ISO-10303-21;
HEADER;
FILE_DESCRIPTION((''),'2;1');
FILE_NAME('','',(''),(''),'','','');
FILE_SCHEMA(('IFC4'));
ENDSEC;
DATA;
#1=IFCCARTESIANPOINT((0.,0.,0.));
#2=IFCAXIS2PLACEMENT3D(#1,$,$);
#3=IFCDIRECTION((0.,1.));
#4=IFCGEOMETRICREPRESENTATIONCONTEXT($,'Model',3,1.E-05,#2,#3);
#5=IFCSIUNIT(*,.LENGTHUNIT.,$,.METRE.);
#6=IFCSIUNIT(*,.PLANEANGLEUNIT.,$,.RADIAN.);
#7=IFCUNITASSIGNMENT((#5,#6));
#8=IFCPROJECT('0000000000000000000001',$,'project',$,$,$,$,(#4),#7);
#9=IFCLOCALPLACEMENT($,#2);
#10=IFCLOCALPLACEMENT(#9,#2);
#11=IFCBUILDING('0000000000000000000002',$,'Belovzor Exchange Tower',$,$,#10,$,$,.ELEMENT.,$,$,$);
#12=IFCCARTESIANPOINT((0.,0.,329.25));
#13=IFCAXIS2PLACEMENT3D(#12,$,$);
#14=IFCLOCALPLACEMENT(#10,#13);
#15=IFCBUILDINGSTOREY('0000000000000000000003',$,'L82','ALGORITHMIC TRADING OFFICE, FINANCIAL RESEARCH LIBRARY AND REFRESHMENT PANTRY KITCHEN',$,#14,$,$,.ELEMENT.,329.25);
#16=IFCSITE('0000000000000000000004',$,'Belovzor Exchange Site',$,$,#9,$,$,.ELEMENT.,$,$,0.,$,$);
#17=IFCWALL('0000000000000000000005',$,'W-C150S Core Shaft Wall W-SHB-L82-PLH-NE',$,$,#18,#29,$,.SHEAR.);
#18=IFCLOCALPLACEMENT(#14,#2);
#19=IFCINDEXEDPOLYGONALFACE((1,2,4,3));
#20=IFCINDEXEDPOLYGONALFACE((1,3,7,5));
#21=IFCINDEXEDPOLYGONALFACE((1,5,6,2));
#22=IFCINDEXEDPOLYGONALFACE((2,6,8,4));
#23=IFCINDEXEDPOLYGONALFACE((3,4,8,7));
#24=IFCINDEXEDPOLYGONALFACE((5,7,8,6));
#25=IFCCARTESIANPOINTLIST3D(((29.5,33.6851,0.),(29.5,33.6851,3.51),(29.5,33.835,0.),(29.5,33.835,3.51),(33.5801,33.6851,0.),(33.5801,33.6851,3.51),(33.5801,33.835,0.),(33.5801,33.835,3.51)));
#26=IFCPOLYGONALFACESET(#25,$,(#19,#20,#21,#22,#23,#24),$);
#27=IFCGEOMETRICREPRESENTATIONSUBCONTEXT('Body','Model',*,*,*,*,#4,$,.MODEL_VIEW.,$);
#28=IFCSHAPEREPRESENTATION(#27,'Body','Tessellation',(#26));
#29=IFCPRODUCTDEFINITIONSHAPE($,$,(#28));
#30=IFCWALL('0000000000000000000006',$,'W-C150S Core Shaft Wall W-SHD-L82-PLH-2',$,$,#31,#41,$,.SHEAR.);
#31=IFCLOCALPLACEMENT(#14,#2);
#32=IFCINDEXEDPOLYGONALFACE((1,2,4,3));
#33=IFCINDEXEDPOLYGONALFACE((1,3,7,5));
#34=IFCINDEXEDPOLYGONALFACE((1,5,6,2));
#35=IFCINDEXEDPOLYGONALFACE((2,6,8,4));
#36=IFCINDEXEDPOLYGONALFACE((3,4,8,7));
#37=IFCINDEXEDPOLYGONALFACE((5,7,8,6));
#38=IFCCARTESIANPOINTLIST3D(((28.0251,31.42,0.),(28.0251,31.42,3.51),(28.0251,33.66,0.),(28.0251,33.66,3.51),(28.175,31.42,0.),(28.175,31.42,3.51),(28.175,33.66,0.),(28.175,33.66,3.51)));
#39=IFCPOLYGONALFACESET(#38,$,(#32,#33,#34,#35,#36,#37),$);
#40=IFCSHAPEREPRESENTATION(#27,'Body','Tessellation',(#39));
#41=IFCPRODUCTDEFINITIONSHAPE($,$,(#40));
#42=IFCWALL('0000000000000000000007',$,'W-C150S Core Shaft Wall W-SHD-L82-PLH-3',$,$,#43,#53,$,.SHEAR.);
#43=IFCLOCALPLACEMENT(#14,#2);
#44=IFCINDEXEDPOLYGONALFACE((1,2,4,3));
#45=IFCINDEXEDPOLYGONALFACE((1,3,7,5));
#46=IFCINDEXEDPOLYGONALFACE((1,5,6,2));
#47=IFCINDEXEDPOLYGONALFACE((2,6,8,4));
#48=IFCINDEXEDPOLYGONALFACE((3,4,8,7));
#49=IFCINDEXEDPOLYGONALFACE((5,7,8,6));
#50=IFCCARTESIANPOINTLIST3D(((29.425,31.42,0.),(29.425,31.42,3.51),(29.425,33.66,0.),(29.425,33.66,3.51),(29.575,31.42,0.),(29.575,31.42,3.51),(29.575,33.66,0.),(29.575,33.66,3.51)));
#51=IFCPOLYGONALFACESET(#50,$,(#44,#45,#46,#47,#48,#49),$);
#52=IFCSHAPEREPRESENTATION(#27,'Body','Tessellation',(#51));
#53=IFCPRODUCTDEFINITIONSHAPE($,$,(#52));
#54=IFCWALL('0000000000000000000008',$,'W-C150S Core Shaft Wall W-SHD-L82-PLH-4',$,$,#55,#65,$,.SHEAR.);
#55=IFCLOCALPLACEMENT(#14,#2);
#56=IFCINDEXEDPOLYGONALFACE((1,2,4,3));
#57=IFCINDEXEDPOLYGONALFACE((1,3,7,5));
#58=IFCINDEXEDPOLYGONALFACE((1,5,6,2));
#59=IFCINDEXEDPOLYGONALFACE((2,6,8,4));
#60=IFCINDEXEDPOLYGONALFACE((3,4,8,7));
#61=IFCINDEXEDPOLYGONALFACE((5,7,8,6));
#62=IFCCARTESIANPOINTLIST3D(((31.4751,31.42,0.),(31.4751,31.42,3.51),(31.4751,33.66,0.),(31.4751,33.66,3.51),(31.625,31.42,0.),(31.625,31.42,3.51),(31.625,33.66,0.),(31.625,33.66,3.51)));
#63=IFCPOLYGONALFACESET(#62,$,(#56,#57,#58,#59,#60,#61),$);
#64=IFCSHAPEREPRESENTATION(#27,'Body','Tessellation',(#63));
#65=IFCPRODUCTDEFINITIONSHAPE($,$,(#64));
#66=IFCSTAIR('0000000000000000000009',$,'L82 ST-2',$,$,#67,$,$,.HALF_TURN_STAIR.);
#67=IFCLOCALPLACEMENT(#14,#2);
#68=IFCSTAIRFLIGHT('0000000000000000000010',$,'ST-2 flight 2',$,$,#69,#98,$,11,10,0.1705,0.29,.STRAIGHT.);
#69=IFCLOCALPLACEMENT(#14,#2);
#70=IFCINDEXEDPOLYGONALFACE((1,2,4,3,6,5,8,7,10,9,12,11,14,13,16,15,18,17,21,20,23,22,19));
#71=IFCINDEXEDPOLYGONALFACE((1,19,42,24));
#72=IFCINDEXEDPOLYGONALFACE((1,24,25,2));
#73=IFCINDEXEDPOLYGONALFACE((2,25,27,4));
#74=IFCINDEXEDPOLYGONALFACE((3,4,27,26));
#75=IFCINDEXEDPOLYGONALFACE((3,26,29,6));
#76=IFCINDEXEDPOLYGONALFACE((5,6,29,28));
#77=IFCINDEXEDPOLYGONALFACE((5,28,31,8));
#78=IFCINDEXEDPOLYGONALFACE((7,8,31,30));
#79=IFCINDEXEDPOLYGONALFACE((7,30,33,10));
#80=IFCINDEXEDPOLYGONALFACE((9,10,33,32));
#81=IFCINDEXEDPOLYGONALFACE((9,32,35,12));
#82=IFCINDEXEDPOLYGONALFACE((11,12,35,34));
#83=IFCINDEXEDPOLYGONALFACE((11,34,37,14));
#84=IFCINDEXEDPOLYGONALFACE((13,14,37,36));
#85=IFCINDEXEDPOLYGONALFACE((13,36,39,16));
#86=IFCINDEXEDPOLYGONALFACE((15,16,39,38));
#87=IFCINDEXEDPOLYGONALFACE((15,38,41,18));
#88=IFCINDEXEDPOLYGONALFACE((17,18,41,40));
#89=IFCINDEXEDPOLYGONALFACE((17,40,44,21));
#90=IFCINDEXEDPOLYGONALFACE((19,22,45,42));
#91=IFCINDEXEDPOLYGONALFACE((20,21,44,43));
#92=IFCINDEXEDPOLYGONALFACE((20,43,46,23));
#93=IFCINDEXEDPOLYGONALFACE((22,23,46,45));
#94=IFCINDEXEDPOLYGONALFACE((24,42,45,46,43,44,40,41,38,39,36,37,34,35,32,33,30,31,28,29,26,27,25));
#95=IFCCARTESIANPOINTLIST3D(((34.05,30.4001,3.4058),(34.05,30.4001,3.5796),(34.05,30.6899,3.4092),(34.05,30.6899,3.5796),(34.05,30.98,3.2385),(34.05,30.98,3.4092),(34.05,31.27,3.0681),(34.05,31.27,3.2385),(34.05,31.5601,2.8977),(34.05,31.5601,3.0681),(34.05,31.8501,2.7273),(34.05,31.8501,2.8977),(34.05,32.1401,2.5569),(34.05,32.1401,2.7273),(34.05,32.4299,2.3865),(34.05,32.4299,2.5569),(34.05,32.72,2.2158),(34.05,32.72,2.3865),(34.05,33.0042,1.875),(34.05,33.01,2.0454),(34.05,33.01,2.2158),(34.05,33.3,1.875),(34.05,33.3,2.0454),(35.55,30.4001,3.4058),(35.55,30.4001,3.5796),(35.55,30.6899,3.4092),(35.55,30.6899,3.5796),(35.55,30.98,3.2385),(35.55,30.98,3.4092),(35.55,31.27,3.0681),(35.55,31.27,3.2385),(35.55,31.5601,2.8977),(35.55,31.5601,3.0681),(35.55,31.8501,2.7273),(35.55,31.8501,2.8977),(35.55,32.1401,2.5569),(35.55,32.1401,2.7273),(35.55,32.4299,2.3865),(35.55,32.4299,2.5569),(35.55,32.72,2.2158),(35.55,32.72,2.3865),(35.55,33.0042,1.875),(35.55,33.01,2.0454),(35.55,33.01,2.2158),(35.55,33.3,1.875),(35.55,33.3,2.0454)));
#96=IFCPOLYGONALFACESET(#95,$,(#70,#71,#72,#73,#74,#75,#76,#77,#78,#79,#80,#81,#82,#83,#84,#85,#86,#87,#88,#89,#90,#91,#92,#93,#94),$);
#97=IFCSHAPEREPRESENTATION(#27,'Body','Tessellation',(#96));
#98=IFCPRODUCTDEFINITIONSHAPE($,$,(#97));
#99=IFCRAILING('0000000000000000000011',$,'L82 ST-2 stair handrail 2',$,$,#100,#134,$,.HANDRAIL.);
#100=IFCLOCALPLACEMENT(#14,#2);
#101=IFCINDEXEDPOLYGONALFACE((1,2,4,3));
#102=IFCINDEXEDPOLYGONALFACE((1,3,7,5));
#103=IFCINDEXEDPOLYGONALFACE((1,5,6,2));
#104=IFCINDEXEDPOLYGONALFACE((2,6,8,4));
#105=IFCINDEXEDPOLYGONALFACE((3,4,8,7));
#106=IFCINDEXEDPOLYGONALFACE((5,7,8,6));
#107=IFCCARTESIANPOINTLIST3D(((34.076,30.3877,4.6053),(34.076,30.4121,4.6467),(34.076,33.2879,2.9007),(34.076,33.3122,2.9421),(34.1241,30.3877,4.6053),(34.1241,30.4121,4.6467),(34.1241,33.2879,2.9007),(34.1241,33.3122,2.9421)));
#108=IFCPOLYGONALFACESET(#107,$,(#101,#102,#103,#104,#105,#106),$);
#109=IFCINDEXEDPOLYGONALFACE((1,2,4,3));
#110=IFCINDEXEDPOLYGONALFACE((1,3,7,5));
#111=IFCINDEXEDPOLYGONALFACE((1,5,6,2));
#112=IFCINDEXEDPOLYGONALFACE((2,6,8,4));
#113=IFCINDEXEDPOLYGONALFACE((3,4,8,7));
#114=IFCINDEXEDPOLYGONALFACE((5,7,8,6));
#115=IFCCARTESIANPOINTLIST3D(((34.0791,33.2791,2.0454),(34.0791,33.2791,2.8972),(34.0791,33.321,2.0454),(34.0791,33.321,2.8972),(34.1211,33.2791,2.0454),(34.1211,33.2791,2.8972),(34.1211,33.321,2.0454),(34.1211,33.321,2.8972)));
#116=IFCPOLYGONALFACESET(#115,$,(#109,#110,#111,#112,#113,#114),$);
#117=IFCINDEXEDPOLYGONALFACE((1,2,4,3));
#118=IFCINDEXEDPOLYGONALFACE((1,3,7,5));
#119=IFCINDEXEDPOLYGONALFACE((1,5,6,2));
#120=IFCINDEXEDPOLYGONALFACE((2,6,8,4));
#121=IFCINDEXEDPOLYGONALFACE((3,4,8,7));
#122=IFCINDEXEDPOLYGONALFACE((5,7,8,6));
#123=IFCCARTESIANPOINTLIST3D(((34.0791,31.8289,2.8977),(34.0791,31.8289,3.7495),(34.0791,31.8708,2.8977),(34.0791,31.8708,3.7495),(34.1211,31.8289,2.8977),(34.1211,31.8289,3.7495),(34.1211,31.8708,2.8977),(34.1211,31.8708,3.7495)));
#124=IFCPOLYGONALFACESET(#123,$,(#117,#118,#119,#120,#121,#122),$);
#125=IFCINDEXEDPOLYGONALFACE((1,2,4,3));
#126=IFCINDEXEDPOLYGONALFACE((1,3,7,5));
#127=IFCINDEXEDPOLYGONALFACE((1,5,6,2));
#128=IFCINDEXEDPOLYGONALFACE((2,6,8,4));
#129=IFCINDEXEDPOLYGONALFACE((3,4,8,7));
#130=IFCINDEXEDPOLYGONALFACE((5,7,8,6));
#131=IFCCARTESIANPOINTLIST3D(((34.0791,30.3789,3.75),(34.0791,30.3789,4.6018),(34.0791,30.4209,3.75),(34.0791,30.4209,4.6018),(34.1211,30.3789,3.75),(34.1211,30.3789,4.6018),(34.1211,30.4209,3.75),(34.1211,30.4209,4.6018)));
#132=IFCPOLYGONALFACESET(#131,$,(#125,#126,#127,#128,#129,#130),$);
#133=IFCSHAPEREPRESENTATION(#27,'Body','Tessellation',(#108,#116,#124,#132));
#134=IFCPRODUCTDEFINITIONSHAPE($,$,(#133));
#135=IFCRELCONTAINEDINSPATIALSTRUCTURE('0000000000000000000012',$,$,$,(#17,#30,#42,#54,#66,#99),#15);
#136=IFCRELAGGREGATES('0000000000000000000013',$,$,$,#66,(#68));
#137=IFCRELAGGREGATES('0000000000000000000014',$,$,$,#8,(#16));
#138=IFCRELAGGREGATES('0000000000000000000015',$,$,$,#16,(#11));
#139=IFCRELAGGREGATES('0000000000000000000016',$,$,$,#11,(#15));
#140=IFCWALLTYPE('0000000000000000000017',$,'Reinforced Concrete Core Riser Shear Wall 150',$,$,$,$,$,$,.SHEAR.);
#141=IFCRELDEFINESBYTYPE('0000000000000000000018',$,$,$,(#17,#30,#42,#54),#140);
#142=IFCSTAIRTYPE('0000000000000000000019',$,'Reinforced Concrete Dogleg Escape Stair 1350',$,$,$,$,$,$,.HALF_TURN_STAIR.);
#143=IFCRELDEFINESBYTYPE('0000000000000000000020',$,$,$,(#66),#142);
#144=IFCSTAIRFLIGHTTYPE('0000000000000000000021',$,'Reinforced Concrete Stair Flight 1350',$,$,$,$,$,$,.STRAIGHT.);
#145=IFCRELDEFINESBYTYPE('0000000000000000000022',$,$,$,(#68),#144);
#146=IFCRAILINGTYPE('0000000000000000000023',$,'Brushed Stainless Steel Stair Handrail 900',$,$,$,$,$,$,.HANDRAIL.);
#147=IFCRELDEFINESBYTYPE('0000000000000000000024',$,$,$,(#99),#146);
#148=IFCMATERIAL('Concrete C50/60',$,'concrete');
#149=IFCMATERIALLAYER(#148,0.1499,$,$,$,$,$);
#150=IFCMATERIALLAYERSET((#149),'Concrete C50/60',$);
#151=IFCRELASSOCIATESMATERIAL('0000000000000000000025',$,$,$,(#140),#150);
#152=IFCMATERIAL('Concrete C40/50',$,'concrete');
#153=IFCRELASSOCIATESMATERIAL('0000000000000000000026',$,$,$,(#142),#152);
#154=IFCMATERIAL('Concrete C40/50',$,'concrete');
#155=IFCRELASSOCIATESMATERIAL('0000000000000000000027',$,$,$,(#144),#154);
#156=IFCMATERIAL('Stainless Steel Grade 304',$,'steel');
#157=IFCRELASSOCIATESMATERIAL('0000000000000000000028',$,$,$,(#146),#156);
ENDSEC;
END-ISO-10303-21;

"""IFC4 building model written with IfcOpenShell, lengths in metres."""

from ifc_helpers import new_model, si_unit, direction, frame, frame_2d, origin, origin_2d, place, context, subcontext, project, spatial, polyline, rectangle, outline, extrude, material, layer, layer_set, type_object, element, aggregate, save


model = new_model("IFC4")

# Units and contexts
model_context = context("Model", 3, precision=1e-05, world=origin(), true_north=direction((0.0, 1.0)))
body_context = subcontext(model_context, "Body", "Model", "MODEL_VIEW")
ifc_project = project(units=[si_unit("LENGTHUNIT", "METRE"), si_unit("PLANEANGLEUNIT", "RADIAN")], contexts=[model_context])

# Site, building, storey
site_placement = place(None, origin())
site = spatial("IfcSite", under=ifc_project, at=site_placement, Name="Belovzor Exchange Site", CompositionType="ELEMENT", RefElevation=0.0)
building_placement = place(site_placement, origin())
building = spatial("IfcBuilding", under=site, at=building_placement, Name="Belovzor Exchange Tower", CompositionType="ELEMENT")
storey_placement = place(building_placement, frame((0.0, 0.0, 329.25)))
storey = spatial("IfcBuildingStorey", under=building, at=storey_placement, Name="L82", Description="ALGORITHMIC TRADING OFFICE, FINANCIAL RESEARCH LIBRARY AND REFRESHMENT PANTRY KITCHEN", CompositionType="ELEMENT", Elevation=329.25)

# Walls
ifc_material_1 = material(Name="Concrete C50/60", Category="concrete")
ifc_layer_1 = layer(ifc_material_1, 0.1499)
ifc_layer_set_1 = layer_set([ifc_layer_1], Name="Concrete C50/60")
wall_type_1 = type_object("IfcWallType", Name="Reinforced Concrete Core Riser Shear Wall 150", PredefinedType="SHEAR", material=ifc_layer_set_1)
wall_1_placement = place(storey_placement, frame((29.5, 33.76, 0.0), z_axis=(0.0, 0.0, 1.0), x_axis=(1.0, 0.0, 0.0)))
element("IfcWall", 1, at=wall_1_placement, inside=storey, type_object=wall_type_1, Name="W-C150S Core Shaft Wall W-SHB-L82-PLH-NE", PredefinedType="SHEAR", context=body_context, shape_type="SweptSolid", body=[
    extrude(rectangle(XDim=4.0801, YDim=0.1499, at=frame_2d((2.04, 0.0))), origin(), (0.0, 0.0, 1.0), 3.51),
])
for number, where, z_axis, x_axis, name in (
    (2, (28.1001, 31.4199, 0.0), (0.0, 0.0, 1.0), (0.0, 1.0, 0.0), "W-C150S Core Shaft Wall W-SHD-L82-PLH-2"),
    (3, (29.5, 31.4199, 0.0), (0.0, 0.0, 1.0), (0.0, 1.0, 0.0), "W-C150S Core Shaft Wall W-SHD-L82-PLH-3"),
    (4, (31.55, 31.4199, 0.0), (0.0, 0.0, 1.0), (0.0, 1.0, 0.0), "W-C150S Core Shaft Wall W-SHD-L82-PLH-4"),
):
    element("IfcWall", number, at=place(storey_placement, frame(where, z_axis=z_axis, x_axis=x_axis)), inside=storey, type_object=wall_type_1, Name=name, PredefinedType="SHEAR", context=body_context, shape_type="SweptSolid", body=[
        extrude(rectangle(XDim=2.24, YDim=0.1499, at=frame_2d((1.1201, 0.0))), origin(), (0.0, 0.0, 1.0), 3.51),
    ])

# Stair, stair flight
ifc_material_2 = material(Name="Concrete C40/50", Category="concrete")
stair_type = type_object("IfcStairType", Name="Reinforced Concrete Dogleg Escape Stair 1350", PredefinedType="HALF_TURN_STAIR", material=ifc_material_2)
stair_placement = place(storey_placement, origin())
stair = element("IfcStair", 5, at=stair_placement, inside=storey, type_object=stair_type, Name="L82 ST-2", PredefinedType="HALF_TURN_STAIR")
ifc_material_3 = material(Name="Concrete C40/50", Category="concrete")
stair_flight_type = type_object("IfcStairFlightType", Name="Reinforced Concrete Stair Flight 1350", PredefinedType="STRAIGHT", material=ifc_material_3)
stair_flight_placement = place(storey_placement, frame((34.8, 33.3, 1.875), z_axis=(0.0, 0.0, 1.0), x_axis=(0.0, -1.0, 0.0)))
stair_flight = element("IfcStairFlight", 6, at=stair_flight_placement, type_object=stair_flight_type, Name="ST-2 flight 2", NumberOfRisers=11, NumberOfTreads=10, PredefinedType="STRAIGHT", RiserHeight=0.1705, TreadLength=0.29, context=body_context, shape_type="SweptSolid", body=[
    extrude(outline(polyline([(0.0, 0.0), (0.0, 0.1704), (0.29, 0.1704), (0.29, 0.3408), (0.5801, 0.3408), (0.5801, 0.5115), (0.8701, 0.5115), (0.8701, 0.6819), (1.1599, 0.6819), (1.1599, 0.8523), (1.45, 0.8523), (1.45, 1.0227), (1.74, 1.0227), (1.74, 1.1931), (2.03, 1.1931), (2.03, 1.3635), (2.3201, 1.3635), (2.3201, 1.5342), (2.6101, 1.5342), (2.6101, 1.7046), (2.8999, 1.7046), (2.8999, 1.875), (2.8999, 1.5308), (0.2959, 0.0), (0.0, 0.0)])), frame((0.0, 0.75, 0.0), z_axis=(0.0, -1.0, 0.0), x_axis=(1.0, 0.0, 0.0)), (0.0, 0.0, 1.0), 1.5),
])
aggregate(stair, [stair_flight])

# Railing
ifc_material_4 = material(Name="Stainless Steel Grade 304", Category="steel")
railing_type = type_object("IfcRailingType", Name="Brushed Stainless Steel Stair Handrail 900", PredefinedType="HANDRAIL", material=ifc_material_4)
railing_placement = place(storey_placement, frame((34.1001, 33.3, 2.0454)))
element("IfcRailing", 7, at=railing_placement, inside=storey, type_object=railing_type, Name="L82 ST-2 stair handrail 2", PredefinedType="HANDRAIL", context=body_context, shape_type="SweptSolid", body=[
    extrude(rectangle(XDim=0.0481, YDim=0.0481, at=origin_2d()), frame((0.0, 0.0, 0.876), z_axis=(0.0, -0.862113, 0.506716), x_axis=(1.0, 0.0, 0.0)), (0.0, 0.0, 1.0), 3.364),
    extrude(rectangle(XDim=0.042, YDim=0.042, at=origin_2d()), origin(), (0.0, 0.0, 1.0), 0.8518),
    extrude(rectangle(XDim=0.042, YDim=0.042, at=origin_2d()), frame((0.0, -1.4502, 0.8523)), (0.0, 0.0, 1.0), 0.8518),
    extrude(rectangle(XDim=0.042, YDim=0.042, at=origin_2d()), frame((0.0, -2.9001, 1.7046)), (0.0, 0.0, 1.0), 0.8518),
])

save(model, "model.ifc")
